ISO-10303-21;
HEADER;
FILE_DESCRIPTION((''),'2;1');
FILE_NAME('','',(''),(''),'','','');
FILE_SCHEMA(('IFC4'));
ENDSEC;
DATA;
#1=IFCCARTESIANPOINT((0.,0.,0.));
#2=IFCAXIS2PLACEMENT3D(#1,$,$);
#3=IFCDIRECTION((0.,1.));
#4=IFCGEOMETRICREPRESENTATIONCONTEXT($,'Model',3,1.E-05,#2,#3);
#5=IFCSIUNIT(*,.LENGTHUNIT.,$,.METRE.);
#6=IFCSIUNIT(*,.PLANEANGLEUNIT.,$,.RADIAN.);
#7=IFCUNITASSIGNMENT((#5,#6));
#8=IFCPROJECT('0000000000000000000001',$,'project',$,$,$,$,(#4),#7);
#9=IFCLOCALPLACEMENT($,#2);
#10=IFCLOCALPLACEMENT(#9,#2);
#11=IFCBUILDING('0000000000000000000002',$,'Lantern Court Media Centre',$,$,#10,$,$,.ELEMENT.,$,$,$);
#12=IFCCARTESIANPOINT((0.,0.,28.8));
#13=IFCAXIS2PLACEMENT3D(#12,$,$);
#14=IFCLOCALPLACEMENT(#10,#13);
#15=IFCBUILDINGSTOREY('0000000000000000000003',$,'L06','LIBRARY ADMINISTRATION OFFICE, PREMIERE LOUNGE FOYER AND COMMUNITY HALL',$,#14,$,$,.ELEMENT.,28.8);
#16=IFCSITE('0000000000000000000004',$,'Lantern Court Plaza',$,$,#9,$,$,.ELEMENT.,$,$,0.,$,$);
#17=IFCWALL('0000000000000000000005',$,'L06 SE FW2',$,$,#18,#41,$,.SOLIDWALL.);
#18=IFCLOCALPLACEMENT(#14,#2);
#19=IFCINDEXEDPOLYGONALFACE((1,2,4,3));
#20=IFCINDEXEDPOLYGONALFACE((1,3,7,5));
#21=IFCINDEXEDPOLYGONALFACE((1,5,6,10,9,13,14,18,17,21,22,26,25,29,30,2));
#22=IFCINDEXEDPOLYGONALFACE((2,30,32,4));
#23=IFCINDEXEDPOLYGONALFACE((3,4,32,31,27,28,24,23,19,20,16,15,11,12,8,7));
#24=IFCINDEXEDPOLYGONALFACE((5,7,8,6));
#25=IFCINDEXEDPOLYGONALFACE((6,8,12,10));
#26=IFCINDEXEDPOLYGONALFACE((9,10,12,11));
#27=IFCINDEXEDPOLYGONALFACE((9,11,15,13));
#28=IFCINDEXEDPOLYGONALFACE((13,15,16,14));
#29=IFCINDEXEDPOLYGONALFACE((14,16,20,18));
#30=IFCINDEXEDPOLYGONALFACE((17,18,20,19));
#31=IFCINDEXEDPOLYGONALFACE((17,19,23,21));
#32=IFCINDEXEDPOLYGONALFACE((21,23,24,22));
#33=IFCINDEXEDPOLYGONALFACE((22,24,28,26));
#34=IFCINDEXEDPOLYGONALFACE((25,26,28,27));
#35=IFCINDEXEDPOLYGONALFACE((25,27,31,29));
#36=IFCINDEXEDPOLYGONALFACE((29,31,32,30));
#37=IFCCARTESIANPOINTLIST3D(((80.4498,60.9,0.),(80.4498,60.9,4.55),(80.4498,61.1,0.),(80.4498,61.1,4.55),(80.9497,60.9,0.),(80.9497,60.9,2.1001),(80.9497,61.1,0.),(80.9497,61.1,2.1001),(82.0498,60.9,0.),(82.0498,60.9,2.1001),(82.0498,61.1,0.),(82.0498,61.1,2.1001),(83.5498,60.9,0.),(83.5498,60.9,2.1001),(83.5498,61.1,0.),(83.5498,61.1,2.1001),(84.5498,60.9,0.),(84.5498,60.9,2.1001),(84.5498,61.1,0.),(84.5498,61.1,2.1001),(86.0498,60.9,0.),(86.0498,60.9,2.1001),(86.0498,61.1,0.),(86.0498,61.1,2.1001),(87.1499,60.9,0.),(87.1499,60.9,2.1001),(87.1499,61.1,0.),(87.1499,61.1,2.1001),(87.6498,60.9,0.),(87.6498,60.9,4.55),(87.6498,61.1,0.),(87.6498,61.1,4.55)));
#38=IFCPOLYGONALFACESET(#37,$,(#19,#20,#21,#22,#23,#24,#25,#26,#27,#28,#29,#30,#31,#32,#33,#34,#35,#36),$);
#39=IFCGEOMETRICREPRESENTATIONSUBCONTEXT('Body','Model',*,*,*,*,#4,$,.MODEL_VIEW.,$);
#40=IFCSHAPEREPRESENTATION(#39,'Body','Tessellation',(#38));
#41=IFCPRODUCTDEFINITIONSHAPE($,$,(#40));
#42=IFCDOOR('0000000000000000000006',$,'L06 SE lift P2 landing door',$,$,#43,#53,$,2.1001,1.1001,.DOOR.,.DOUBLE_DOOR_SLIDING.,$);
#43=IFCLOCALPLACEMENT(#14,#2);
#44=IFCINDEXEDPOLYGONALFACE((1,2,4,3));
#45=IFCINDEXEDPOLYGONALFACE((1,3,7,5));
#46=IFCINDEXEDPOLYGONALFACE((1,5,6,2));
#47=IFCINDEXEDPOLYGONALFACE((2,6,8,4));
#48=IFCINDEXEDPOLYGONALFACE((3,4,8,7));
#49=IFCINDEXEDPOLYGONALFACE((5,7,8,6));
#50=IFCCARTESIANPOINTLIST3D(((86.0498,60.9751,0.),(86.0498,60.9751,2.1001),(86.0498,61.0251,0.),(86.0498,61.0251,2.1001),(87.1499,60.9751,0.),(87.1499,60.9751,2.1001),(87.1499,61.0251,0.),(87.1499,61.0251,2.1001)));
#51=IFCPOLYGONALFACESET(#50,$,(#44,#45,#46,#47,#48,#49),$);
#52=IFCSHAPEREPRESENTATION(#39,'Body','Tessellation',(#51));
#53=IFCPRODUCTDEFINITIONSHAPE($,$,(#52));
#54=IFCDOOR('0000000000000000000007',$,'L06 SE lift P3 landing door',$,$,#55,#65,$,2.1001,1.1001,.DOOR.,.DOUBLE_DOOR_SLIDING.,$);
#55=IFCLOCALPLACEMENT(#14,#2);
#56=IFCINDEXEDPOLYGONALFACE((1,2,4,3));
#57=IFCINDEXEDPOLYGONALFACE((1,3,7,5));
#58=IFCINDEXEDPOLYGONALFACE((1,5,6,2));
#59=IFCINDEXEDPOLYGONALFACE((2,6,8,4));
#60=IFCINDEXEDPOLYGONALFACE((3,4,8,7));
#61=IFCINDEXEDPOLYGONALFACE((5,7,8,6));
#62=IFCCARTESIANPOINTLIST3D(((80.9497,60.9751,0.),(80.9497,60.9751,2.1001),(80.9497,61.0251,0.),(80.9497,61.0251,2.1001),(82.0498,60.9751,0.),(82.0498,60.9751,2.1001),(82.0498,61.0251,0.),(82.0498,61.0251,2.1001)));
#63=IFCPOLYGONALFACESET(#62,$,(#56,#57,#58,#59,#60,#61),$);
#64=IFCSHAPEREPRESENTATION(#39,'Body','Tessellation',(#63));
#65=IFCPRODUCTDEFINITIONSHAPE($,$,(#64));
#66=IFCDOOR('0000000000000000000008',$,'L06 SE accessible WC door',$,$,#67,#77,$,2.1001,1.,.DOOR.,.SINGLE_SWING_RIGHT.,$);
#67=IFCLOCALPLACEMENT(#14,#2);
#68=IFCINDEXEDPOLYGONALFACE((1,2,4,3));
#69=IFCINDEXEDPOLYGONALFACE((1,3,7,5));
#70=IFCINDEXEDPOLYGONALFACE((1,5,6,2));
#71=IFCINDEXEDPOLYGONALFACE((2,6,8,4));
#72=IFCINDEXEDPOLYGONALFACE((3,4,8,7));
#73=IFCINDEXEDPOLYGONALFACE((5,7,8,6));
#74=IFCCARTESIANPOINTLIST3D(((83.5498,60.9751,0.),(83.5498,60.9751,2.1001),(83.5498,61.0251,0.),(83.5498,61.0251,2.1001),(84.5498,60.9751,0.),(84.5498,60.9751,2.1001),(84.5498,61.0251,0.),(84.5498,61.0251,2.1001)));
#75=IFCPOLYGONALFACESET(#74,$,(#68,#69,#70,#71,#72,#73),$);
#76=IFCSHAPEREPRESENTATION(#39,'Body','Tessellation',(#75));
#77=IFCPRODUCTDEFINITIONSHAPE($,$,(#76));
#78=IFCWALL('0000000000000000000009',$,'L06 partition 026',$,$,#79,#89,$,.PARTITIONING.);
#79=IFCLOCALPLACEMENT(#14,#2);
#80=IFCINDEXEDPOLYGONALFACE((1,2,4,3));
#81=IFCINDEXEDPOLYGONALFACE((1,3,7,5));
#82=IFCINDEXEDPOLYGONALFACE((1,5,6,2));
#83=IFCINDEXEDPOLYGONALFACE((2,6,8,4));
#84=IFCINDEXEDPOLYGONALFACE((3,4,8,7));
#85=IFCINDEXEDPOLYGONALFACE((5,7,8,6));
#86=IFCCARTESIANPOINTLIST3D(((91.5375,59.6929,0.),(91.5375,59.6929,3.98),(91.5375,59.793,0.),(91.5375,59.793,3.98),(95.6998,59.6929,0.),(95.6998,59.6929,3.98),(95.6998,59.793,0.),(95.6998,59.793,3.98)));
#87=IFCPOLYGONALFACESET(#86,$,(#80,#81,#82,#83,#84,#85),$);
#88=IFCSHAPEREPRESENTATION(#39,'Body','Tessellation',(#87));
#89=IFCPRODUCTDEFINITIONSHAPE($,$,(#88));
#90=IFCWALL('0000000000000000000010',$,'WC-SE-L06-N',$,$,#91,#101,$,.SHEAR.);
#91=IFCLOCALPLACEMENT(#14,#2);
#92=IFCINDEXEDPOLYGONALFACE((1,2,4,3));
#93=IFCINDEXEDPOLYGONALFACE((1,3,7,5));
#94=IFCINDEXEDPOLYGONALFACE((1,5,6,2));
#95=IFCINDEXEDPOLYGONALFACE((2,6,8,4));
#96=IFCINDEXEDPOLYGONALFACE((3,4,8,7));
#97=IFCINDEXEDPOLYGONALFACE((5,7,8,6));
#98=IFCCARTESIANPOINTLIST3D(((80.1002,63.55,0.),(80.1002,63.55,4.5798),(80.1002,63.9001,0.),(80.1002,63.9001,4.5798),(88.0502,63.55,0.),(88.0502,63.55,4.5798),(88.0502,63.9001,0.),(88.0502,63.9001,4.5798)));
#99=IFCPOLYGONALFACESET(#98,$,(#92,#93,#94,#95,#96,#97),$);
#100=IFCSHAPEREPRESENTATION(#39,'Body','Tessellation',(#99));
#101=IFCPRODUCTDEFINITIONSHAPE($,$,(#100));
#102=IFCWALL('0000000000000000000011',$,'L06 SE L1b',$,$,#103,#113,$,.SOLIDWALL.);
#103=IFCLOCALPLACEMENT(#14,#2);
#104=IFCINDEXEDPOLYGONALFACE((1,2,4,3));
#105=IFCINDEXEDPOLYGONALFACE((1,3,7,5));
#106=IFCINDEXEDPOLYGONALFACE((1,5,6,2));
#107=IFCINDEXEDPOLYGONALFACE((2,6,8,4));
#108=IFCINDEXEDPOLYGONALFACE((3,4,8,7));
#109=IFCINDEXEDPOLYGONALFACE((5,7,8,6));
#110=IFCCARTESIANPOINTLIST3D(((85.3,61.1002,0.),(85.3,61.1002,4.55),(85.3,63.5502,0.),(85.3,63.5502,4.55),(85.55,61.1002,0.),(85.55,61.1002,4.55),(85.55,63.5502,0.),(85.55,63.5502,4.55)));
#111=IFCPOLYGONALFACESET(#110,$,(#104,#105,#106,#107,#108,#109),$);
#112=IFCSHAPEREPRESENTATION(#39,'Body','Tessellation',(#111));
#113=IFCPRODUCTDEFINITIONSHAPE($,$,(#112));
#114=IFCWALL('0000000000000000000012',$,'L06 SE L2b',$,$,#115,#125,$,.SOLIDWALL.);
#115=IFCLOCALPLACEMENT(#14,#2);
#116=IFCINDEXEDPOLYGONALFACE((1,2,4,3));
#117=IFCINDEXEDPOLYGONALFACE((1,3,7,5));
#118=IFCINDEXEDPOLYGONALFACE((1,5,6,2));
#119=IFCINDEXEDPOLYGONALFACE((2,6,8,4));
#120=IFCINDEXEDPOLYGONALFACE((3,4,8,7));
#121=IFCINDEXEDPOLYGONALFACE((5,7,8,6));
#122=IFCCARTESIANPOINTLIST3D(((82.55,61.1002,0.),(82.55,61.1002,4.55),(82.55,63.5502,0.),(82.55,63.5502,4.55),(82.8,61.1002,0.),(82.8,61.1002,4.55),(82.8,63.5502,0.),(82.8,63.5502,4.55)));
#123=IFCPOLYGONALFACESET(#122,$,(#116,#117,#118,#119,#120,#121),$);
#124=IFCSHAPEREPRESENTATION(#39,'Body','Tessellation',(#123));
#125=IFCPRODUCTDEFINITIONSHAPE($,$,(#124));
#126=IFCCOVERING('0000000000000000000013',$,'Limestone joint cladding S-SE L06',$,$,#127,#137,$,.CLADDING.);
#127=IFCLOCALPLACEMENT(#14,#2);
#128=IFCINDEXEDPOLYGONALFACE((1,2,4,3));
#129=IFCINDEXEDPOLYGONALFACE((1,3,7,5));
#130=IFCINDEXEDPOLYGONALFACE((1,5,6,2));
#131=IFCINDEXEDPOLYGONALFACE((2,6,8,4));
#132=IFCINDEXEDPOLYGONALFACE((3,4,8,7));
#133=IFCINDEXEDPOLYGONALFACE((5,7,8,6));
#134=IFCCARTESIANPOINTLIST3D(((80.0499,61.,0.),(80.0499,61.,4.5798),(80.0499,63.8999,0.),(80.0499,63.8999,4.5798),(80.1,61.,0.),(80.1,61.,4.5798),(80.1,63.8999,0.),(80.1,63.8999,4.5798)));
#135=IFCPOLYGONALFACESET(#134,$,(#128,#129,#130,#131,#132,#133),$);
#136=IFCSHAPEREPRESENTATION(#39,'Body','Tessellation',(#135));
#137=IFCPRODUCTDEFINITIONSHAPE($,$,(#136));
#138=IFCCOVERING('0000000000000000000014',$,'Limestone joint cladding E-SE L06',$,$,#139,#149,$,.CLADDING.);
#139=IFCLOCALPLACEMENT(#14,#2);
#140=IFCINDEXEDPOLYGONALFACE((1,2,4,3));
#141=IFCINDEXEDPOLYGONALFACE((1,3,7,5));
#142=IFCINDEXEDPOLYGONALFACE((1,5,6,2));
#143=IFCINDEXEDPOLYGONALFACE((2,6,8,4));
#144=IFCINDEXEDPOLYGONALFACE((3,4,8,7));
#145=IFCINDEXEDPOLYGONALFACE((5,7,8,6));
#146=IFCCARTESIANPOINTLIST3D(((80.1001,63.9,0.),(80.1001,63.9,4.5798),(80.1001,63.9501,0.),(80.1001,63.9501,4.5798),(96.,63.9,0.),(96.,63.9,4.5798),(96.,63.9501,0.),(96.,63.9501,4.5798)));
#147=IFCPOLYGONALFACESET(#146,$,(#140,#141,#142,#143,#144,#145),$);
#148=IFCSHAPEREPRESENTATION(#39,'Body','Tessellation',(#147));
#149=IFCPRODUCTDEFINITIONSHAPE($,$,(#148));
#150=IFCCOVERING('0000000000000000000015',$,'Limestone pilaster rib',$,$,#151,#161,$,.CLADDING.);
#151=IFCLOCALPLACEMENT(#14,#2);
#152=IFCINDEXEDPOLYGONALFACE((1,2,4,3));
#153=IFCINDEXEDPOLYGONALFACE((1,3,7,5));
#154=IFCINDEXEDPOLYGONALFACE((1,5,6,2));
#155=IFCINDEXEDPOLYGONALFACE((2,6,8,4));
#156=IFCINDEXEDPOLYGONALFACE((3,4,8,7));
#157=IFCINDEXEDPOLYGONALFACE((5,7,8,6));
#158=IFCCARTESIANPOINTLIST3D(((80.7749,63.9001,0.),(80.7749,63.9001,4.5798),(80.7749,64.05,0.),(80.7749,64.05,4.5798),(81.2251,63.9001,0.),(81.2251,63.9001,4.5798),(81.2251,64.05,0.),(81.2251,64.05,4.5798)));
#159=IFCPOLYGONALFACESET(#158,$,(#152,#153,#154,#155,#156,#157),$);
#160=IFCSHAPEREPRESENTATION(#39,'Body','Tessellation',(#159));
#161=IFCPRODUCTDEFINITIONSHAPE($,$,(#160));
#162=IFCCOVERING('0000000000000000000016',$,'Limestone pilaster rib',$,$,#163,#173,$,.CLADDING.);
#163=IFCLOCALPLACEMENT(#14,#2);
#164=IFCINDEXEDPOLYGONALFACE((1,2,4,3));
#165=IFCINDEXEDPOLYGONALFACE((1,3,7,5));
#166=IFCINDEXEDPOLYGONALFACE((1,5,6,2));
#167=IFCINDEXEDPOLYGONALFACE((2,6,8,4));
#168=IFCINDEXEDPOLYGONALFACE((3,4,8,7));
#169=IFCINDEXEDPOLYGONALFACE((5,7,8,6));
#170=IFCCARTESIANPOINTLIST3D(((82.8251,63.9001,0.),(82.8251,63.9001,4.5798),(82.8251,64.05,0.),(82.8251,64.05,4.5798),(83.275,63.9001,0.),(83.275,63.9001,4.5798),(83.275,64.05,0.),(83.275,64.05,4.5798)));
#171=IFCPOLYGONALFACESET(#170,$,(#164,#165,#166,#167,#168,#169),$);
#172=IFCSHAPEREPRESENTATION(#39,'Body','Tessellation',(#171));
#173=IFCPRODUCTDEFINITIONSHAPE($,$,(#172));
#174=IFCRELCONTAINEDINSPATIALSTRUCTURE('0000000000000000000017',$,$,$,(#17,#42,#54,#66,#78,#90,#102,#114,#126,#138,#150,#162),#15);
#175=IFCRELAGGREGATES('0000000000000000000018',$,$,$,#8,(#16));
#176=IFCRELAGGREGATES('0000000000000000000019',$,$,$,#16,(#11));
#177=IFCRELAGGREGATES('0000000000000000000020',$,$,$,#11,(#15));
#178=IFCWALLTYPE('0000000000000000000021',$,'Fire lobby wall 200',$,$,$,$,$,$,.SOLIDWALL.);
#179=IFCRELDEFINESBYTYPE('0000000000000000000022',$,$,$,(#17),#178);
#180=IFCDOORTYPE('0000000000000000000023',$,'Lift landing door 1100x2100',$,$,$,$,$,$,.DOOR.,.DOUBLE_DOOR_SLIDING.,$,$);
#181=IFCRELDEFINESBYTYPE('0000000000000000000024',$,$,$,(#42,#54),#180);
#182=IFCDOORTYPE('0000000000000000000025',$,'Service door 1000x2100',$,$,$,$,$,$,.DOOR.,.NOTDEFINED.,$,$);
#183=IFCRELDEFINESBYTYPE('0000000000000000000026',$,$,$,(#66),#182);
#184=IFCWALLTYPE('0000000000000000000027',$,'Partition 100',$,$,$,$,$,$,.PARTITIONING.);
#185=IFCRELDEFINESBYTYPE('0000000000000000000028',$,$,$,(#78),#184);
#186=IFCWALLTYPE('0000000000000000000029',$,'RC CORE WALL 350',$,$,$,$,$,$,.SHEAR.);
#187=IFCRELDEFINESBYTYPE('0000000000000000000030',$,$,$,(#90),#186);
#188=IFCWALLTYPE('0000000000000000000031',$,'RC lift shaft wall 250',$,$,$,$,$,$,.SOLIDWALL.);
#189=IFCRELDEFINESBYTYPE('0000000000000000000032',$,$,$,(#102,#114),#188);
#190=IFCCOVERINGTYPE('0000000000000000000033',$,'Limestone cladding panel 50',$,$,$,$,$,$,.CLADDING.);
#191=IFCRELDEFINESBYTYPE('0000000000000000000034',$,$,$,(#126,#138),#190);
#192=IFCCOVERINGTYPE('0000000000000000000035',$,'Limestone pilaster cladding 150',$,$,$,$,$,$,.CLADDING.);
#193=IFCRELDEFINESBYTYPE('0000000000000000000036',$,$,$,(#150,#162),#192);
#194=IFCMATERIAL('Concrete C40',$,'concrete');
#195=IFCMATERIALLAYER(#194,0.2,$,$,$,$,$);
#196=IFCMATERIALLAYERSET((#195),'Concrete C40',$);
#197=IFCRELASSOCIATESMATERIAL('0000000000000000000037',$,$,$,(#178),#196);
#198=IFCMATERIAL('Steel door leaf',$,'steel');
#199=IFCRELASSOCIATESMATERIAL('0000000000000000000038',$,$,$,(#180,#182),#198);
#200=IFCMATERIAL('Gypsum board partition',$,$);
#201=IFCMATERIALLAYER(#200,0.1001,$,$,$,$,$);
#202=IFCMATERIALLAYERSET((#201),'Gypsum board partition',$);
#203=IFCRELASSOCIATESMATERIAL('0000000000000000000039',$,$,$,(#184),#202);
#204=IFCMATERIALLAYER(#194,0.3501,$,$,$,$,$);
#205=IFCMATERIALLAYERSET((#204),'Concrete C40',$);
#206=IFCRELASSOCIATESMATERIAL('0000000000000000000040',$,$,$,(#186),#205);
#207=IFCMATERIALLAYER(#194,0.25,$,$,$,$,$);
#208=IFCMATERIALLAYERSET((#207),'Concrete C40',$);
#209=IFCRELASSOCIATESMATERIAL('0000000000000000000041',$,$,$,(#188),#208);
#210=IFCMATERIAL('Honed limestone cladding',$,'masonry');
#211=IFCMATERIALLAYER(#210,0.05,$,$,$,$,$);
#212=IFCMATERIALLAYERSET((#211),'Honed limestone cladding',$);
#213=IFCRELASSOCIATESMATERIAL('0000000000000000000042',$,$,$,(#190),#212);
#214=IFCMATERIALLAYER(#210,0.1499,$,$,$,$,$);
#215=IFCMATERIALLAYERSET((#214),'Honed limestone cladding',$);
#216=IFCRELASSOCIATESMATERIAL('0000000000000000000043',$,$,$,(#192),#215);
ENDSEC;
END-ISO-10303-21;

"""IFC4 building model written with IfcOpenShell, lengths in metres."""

from ifc_helpers import new_model, si_unit, direction, frame, frame_2d, origin, place, context, subcontext, project, spatial, rectangle, extrude, material, layer, layer_set, type_object, element, fill, save


model = new_model("IFC4")

# Units and contexts
model_context = context("Model", 3, precision=1e-05, world=origin(), true_north=direction((0.0, 1.0)))
body_context = subcontext(model_context, "Body", "Model", "MODEL_VIEW")
ifc_project = project(units=[si_unit("LENGTHUNIT", "METRE"), si_unit("PLANEANGLEUNIT", "RADIAN")], contexts=[model_context])

# Site, building, storey
site_placement = place(None, origin())
site = spatial("IfcSite", under=ifc_project, at=site_placement, Name="Lantern Court Plaza", CompositionType="ELEMENT", RefElevation=0.0)
building_placement = place(site_placement, origin())
building = spatial("IfcBuilding", under=site, at=building_placement, Name="Lantern Court Media Centre", CompositionType="ELEMENT")
storey_placement = place(building_placement, frame((0.0, 0.0, 28.8)))
storey = spatial("IfcBuildingStorey", under=building, at=storey_placement, Name="L06", Description="LIBRARY ADMINISTRATION OFFICE, PREMIERE LOUNGE FOYER AND COMMUNITY HALL", CompositionType="ELEMENT", Elevation=28.8)

# Wall, openings, doors
ifc_material_1 = material(Name="Concrete C40", Category="concrete")
ifc_layer_1 = layer(ifc_material_1, 0.2)
ifc_layer_set_1 = layer_set([ifc_layer_1], Name="Concrete C40")
wall_type_1 = type_object("IfcWallType", Name="Fire lobby wall 200", PredefinedType="SOLIDWALL", material=ifc_layer_set_1)
ifc_material_2 = material(Name="Steel door leaf", Category="steel")
door_type_1 = type_object("IfcDoorType", Name="Lift landing door 1100x2100", OperationType="DOUBLE_DOOR_SLIDING", PredefinedType="DOOR", material=ifc_material_2)
door_type_2 = type_object("IfcDoorType", Name="Service door 1000x2100", OperationType="NOTDEFINED", PredefinedType="DOOR", material=ifc_material_2)
wall_1_placement = place(storey_placement, frame((87.6499, 61.0, 0.0), z_axis=(0.0, 0.0, 1.0), x_axis=(-1.0, 0.0, 0.0)))
wall_1 = element("IfcWall", 1, at=wall_1_placement, inside=storey, type_object=wall_type_1, Name="L06 SE FW2", PredefinedType="SOLIDWALL", context=body_context, shape_type="SweptSolid", body=[
    extrude(rectangle(XDim=7.2, YDim=0.2, at=frame_2d((3.6001, 0.0))), origin(), (0.0, 0.0, 1.0), 4.55),
])
opening_1_placement = place(wall_1_placement, frame((0.5, 0.0, 0.0)))
opening_1 = element("IfcOpeningElement", 2, at=opening_1_placement, cuts=wall_1, PredefinedType="OPENING", context=body_context, shape_type="SweptSolid", body=[
    extrude(rectangle(XDim=1.1001, YDim=2.1001, at=frame_2d((0.55, 1.05))), frame((0.0, 0.1099, 0.0), z_axis=(0.0, -1.0, 0.0), x_axis=(1.0, 0.0, 0.0)), (0.0, 0.0, 1.0), 0.22),
])
opening_2_placement = place(wall_1_placement, frame((5.6001, 0.0, 0.0)))
opening_2 = element("IfcOpeningElement", 3, at=opening_2_placement, cuts=wall_1, PredefinedType="OPENING", context=body_context, shape_type="SweptSolid", body=[
    extrude(rectangle(XDim=1.1001, YDim=2.1001, at=frame_2d((0.55, 1.05))), frame((0.0, 0.1099, 0.0), z_axis=(0.0, -1.0, 0.0), x_axis=(1.0, 0.0, 0.0)), (0.0, 0.0, 1.0), 0.22),
])
opening_3_placement = place(wall_1_placement, frame((3.1001, 0.0, 0.0)))
opening_3 = element("IfcOpeningElement", 4, at=opening_3_placement, cuts=wall_1, PredefinedType="OPENING", context=body_context, shape_type="SweptSolid", body=[
    extrude(rectangle(XDim=1.0, YDim=2.1001, at=frame_2d((0.5, 1.05))), frame((0.0, 0.1099, 0.0), z_axis=(0.0, -1.0, 0.0), x_axis=(1.0, 0.0, 0.0)), (0.0, 0.0, 1.0), 0.22),
])
door_1_placement = place(opening_1_placement, origin())
door_1 = element("IfcDoor", 5, at=door_1_placement, inside=storey, type_object=door_type_1, Name="L06 SE lift P2 landing door", OperationType="DOUBLE_DOOR_SLIDING", OverallHeight=2.1001, OverallWidth=1.1001, PredefinedType="DOOR", context=body_context, shape_type="SweptSolid", body=[
    extrude(rectangle(XDim=1.1001, YDim=2.1001, at=frame_2d((0.55, 1.05))), frame((0.0, 0.0249, 0.0), z_axis=(0.0, -1.0, 0.0), x_axis=(1.0, 0.0, 0.0)), (0.0, 0.0, 1.0), 0.05),
])
fill(opening_1, door_1)
door_2_placement = place(opening_2_placement, origin())
door_2 = element("IfcDoor", 6, at=door_2_placement, inside=storey, type_object=door_type_1, Name="L06 SE lift P3 landing door", OperationType="DOUBLE_DOOR_SLIDING", OverallHeight=2.1001, OverallWidth=1.1001, PredefinedType="DOOR", context=body_context, shape_type="SweptSolid", body=[
    extrude(rectangle(XDim=1.1001, YDim=2.1001, at=frame_2d((0.55, 1.05))), frame((0.0, 0.0249, 0.0), z_axis=(0.0, -1.0, 0.0), x_axis=(1.0, 0.0, 0.0)), (0.0, 0.0, 1.0), 0.05),
])
fill(opening_2, door_2)
door_3_placement = place(opening_3_placement, origin())
door_3 = element("IfcDoor", 7, at=door_3_placement, inside=storey, type_object=door_type_2, Name="L06 SE accessible WC door", OperationType="SINGLE_SWING_RIGHT", OverallHeight=2.1001, OverallWidth=1.0, PredefinedType="DOOR", context=body_context, shape_type="SweptSolid", body=[
    extrude(rectangle(XDim=1.0, YDim=2.1001, at=frame_2d((0.5, 1.05))), frame((0.0, 0.0249, 0.0), z_axis=(0.0, -1.0, 0.0), x_axis=(1.0, 0.0, 0.0)), (0.0, 0.0, 1.0), 0.05),
])
fill(opening_3, door_3)

# Walls
ifc_material_3 = material(Name="Gypsum board partition")
ifc_layer_2 = layer(ifc_material_3, 0.1001)
ifc_layer_set_2 = layer_set([ifc_layer_2], Name="Gypsum board partition")
wall_type_2 = type_object("IfcWallType", Name="Partition 100", PredefinedType="PARTITIONING", material=ifc_layer_set_2)
wall_2_placement = place(storey_placement, frame((91.5376, 59.7429, 0.0), z_axis=(0.0, 0.0, 1.0), x_axis=(1.0, 0.0, 0.0)))
element("IfcWall", 8, at=wall_2_placement, inside=storey, type_object=wall_type_2, Name="L06 partition 026", PredefinedType="PARTITIONING", context=body_context, shape_type="SweptSolid", body=[
    extrude(rectangle(XDim=4.1624, YDim=0.1001, at=frame_2d((2.0811, 0.0))), origin(), (0.0, 0.0, 1.0), 3.98),
])
ifc_layer_3 = layer(ifc_material_1, 0.3501)
ifc_layer_set_3 = layer_set([ifc_layer_3], Name="Concrete C40")
wall_type_3 = type_object("IfcWallType", Name="RC CORE WALL 350", PredefinedType="SHEAR", material=ifc_layer_set_3)
wall_3_placement = place(storey_placement, frame((80.1001, 63.7251, 0.0), z_axis=(0.0, 0.0, 1.0), x_axis=(1.0, 0.0, 0.0)))
element("IfcWall", 9, at=wall_3_placement, inside=storey, type_object=wall_type_3, Name="WC-SE-L06-N", PredefinedType="SHEAR", context=body_context, shape_type="SweptSolid", body=[
    extrude(rectangle(XDim=7.95, YDim=0.3501, at=frame_2d((3.9751, 0.0))), origin(), (0.0, 0.0, 1.0), 4.5798),
])
ifc_layer_4 = layer(ifc_material_1, 0.25)
ifc_layer_set_4 = layer_set([ifc_layer_4], Name="Concrete C40")
wall_type_4 = type_object("IfcWallType", Name="RC lift shaft wall 250", PredefinedType="SOLIDWALL", material=ifc_layer_set_4)
for number, where, z_axis, x_axis, name in (
    (10, (85.425, 61.1001, 0.0), (0.0, 0.0, 1.0), (0.0, 1.0, 0.0), "L06 SE L1b"),
    (11, (82.675, 61.1001, 0.0), (0.0, 0.0, 1.0), (0.0, 1.0, 0.0), "L06 SE L2b"),
):
    element("IfcWall", number, at=place(storey_placement, frame(where, z_axis=z_axis, x_axis=x_axis)), inside=storey, type_object=wall_type_4, Name=name, PredefinedType="SOLIDWALL", context=body_context, shape_type="SweptSolid", body=[
        extrude(rectangle(XDim=2.45, YDim=0.25, at=frame_2d((1.2251, 0.0))), origin(), (0.0, 0.0, 1.0), 4.55),
    ])

# Coverings
ifc_material_4 = material(Name="Honed limestone cladding", Category="masonry")
ifc_layer_5 = layer(ifc_material_4, 0.05)
ifc_layer_set_5 = layer_set([ifc_layer_5], Name="Honed limestone cladding")
covering_type_1 = type_object("IfcCoveringType", Name="Limestone cladding panel 50", PredefinedType="CLADDING", material=ifc_layer_set_5)
covering_1_placement = place(storey_placement, frame((80.075, 61.0, 0.0), z_axis=(0.0, 0.0, 1.0), x_axis=(0.0, 1.0, 0.0)))
element("IfcCovering", 12, at=covering_1_placement, inside=storey, type_object=covering_type_1, Name="Limestone joint cladding S-SE L06", PredefinedType="CLADDING", context=body_context, shape_type="SweptSolid", body=[
    extrude(rectangle(XDim=2.8999, YDim=0.05, at=frame_2d((1.45, 0.0))), origin(), (0.0, 0.0, 1.0), 4.5798),
])
covering_2_placement = place(storey_placement, frame((80.1001, 63.925, 0.0), z_axis=(0.0, 0.0, 1.0), x_axis=(1.0, 0.0, 0.0)))
element("IfcCovering", 13, at=covering_2_placement, inside=storey, type_object=covering_type_1, Name="Limestone joint cladding E-SE L06", PredefinedType="CLADDING", context=body_context, shape_type="SweptSolid", body=[
    extrude(rectangle(XDim=15.8999, YDim=0.05, at=frame_2d((7.95, 0.0))), origin(), (0.0, 0.0, 1.0), 4.5798),
])
ifc_layer_6 = layer(ifc_material_4, 0.1499)
ifc_layer_set_6 = layer_set([ifc_layer_6], Name="Honed limestone cladding")
covering_type_2 = type_object("IfcCoveringType", Name="Limestone pilaster cladding 150", PredefinedType="CLADDING", material=ifc_layer_set_6)
covering_3_placement = place(storey_placement, frame((80.7749, 63.9751, 0.0), z_axis=(0.0, 0.0, 1.0), x_axis=(1.0, 0.0, 0.0)))
element("IfcCovering", 14, at=covering_3_placement, inside=storey, type_object=covering_type_2, Name="Limestone pilaster rib", PredefinedType="CLADDING", context=body_context, shape_type="SweptSolid", body=[
    extrude(rectangle(XDim=0.4502, YDim=0.1499, at=frame_2d((0.2251, 0.0))), origin(), (0.0, 0.0, 1.0), 4.5798),
])
for number, where, z_axis, x_axis, name in (
    (15, (82.825, 63.9751, 0.0), (0.0, 0.0, 1.0), (1.0, 0.0, 0.0), "Limestone pilaster rib"),
):
    element("IfcCovering", number, at=place(storey_placement, frame(where, z_axis=z_axis, x_axis=x_axis)), inside=storey, type_object=covering_type_2, Name=name, PredefinedType="CLADDING", context=body_context, shape_type="SweptSolid", body=[
        extrude(rectangle(XDim=0.45, YDim=0.1499, at=frame_2d((0.2251, 0.0))), origin(), (0.0, 0.0, 1.0), 4.5798),
    ])

save(model, "model.ifc")
